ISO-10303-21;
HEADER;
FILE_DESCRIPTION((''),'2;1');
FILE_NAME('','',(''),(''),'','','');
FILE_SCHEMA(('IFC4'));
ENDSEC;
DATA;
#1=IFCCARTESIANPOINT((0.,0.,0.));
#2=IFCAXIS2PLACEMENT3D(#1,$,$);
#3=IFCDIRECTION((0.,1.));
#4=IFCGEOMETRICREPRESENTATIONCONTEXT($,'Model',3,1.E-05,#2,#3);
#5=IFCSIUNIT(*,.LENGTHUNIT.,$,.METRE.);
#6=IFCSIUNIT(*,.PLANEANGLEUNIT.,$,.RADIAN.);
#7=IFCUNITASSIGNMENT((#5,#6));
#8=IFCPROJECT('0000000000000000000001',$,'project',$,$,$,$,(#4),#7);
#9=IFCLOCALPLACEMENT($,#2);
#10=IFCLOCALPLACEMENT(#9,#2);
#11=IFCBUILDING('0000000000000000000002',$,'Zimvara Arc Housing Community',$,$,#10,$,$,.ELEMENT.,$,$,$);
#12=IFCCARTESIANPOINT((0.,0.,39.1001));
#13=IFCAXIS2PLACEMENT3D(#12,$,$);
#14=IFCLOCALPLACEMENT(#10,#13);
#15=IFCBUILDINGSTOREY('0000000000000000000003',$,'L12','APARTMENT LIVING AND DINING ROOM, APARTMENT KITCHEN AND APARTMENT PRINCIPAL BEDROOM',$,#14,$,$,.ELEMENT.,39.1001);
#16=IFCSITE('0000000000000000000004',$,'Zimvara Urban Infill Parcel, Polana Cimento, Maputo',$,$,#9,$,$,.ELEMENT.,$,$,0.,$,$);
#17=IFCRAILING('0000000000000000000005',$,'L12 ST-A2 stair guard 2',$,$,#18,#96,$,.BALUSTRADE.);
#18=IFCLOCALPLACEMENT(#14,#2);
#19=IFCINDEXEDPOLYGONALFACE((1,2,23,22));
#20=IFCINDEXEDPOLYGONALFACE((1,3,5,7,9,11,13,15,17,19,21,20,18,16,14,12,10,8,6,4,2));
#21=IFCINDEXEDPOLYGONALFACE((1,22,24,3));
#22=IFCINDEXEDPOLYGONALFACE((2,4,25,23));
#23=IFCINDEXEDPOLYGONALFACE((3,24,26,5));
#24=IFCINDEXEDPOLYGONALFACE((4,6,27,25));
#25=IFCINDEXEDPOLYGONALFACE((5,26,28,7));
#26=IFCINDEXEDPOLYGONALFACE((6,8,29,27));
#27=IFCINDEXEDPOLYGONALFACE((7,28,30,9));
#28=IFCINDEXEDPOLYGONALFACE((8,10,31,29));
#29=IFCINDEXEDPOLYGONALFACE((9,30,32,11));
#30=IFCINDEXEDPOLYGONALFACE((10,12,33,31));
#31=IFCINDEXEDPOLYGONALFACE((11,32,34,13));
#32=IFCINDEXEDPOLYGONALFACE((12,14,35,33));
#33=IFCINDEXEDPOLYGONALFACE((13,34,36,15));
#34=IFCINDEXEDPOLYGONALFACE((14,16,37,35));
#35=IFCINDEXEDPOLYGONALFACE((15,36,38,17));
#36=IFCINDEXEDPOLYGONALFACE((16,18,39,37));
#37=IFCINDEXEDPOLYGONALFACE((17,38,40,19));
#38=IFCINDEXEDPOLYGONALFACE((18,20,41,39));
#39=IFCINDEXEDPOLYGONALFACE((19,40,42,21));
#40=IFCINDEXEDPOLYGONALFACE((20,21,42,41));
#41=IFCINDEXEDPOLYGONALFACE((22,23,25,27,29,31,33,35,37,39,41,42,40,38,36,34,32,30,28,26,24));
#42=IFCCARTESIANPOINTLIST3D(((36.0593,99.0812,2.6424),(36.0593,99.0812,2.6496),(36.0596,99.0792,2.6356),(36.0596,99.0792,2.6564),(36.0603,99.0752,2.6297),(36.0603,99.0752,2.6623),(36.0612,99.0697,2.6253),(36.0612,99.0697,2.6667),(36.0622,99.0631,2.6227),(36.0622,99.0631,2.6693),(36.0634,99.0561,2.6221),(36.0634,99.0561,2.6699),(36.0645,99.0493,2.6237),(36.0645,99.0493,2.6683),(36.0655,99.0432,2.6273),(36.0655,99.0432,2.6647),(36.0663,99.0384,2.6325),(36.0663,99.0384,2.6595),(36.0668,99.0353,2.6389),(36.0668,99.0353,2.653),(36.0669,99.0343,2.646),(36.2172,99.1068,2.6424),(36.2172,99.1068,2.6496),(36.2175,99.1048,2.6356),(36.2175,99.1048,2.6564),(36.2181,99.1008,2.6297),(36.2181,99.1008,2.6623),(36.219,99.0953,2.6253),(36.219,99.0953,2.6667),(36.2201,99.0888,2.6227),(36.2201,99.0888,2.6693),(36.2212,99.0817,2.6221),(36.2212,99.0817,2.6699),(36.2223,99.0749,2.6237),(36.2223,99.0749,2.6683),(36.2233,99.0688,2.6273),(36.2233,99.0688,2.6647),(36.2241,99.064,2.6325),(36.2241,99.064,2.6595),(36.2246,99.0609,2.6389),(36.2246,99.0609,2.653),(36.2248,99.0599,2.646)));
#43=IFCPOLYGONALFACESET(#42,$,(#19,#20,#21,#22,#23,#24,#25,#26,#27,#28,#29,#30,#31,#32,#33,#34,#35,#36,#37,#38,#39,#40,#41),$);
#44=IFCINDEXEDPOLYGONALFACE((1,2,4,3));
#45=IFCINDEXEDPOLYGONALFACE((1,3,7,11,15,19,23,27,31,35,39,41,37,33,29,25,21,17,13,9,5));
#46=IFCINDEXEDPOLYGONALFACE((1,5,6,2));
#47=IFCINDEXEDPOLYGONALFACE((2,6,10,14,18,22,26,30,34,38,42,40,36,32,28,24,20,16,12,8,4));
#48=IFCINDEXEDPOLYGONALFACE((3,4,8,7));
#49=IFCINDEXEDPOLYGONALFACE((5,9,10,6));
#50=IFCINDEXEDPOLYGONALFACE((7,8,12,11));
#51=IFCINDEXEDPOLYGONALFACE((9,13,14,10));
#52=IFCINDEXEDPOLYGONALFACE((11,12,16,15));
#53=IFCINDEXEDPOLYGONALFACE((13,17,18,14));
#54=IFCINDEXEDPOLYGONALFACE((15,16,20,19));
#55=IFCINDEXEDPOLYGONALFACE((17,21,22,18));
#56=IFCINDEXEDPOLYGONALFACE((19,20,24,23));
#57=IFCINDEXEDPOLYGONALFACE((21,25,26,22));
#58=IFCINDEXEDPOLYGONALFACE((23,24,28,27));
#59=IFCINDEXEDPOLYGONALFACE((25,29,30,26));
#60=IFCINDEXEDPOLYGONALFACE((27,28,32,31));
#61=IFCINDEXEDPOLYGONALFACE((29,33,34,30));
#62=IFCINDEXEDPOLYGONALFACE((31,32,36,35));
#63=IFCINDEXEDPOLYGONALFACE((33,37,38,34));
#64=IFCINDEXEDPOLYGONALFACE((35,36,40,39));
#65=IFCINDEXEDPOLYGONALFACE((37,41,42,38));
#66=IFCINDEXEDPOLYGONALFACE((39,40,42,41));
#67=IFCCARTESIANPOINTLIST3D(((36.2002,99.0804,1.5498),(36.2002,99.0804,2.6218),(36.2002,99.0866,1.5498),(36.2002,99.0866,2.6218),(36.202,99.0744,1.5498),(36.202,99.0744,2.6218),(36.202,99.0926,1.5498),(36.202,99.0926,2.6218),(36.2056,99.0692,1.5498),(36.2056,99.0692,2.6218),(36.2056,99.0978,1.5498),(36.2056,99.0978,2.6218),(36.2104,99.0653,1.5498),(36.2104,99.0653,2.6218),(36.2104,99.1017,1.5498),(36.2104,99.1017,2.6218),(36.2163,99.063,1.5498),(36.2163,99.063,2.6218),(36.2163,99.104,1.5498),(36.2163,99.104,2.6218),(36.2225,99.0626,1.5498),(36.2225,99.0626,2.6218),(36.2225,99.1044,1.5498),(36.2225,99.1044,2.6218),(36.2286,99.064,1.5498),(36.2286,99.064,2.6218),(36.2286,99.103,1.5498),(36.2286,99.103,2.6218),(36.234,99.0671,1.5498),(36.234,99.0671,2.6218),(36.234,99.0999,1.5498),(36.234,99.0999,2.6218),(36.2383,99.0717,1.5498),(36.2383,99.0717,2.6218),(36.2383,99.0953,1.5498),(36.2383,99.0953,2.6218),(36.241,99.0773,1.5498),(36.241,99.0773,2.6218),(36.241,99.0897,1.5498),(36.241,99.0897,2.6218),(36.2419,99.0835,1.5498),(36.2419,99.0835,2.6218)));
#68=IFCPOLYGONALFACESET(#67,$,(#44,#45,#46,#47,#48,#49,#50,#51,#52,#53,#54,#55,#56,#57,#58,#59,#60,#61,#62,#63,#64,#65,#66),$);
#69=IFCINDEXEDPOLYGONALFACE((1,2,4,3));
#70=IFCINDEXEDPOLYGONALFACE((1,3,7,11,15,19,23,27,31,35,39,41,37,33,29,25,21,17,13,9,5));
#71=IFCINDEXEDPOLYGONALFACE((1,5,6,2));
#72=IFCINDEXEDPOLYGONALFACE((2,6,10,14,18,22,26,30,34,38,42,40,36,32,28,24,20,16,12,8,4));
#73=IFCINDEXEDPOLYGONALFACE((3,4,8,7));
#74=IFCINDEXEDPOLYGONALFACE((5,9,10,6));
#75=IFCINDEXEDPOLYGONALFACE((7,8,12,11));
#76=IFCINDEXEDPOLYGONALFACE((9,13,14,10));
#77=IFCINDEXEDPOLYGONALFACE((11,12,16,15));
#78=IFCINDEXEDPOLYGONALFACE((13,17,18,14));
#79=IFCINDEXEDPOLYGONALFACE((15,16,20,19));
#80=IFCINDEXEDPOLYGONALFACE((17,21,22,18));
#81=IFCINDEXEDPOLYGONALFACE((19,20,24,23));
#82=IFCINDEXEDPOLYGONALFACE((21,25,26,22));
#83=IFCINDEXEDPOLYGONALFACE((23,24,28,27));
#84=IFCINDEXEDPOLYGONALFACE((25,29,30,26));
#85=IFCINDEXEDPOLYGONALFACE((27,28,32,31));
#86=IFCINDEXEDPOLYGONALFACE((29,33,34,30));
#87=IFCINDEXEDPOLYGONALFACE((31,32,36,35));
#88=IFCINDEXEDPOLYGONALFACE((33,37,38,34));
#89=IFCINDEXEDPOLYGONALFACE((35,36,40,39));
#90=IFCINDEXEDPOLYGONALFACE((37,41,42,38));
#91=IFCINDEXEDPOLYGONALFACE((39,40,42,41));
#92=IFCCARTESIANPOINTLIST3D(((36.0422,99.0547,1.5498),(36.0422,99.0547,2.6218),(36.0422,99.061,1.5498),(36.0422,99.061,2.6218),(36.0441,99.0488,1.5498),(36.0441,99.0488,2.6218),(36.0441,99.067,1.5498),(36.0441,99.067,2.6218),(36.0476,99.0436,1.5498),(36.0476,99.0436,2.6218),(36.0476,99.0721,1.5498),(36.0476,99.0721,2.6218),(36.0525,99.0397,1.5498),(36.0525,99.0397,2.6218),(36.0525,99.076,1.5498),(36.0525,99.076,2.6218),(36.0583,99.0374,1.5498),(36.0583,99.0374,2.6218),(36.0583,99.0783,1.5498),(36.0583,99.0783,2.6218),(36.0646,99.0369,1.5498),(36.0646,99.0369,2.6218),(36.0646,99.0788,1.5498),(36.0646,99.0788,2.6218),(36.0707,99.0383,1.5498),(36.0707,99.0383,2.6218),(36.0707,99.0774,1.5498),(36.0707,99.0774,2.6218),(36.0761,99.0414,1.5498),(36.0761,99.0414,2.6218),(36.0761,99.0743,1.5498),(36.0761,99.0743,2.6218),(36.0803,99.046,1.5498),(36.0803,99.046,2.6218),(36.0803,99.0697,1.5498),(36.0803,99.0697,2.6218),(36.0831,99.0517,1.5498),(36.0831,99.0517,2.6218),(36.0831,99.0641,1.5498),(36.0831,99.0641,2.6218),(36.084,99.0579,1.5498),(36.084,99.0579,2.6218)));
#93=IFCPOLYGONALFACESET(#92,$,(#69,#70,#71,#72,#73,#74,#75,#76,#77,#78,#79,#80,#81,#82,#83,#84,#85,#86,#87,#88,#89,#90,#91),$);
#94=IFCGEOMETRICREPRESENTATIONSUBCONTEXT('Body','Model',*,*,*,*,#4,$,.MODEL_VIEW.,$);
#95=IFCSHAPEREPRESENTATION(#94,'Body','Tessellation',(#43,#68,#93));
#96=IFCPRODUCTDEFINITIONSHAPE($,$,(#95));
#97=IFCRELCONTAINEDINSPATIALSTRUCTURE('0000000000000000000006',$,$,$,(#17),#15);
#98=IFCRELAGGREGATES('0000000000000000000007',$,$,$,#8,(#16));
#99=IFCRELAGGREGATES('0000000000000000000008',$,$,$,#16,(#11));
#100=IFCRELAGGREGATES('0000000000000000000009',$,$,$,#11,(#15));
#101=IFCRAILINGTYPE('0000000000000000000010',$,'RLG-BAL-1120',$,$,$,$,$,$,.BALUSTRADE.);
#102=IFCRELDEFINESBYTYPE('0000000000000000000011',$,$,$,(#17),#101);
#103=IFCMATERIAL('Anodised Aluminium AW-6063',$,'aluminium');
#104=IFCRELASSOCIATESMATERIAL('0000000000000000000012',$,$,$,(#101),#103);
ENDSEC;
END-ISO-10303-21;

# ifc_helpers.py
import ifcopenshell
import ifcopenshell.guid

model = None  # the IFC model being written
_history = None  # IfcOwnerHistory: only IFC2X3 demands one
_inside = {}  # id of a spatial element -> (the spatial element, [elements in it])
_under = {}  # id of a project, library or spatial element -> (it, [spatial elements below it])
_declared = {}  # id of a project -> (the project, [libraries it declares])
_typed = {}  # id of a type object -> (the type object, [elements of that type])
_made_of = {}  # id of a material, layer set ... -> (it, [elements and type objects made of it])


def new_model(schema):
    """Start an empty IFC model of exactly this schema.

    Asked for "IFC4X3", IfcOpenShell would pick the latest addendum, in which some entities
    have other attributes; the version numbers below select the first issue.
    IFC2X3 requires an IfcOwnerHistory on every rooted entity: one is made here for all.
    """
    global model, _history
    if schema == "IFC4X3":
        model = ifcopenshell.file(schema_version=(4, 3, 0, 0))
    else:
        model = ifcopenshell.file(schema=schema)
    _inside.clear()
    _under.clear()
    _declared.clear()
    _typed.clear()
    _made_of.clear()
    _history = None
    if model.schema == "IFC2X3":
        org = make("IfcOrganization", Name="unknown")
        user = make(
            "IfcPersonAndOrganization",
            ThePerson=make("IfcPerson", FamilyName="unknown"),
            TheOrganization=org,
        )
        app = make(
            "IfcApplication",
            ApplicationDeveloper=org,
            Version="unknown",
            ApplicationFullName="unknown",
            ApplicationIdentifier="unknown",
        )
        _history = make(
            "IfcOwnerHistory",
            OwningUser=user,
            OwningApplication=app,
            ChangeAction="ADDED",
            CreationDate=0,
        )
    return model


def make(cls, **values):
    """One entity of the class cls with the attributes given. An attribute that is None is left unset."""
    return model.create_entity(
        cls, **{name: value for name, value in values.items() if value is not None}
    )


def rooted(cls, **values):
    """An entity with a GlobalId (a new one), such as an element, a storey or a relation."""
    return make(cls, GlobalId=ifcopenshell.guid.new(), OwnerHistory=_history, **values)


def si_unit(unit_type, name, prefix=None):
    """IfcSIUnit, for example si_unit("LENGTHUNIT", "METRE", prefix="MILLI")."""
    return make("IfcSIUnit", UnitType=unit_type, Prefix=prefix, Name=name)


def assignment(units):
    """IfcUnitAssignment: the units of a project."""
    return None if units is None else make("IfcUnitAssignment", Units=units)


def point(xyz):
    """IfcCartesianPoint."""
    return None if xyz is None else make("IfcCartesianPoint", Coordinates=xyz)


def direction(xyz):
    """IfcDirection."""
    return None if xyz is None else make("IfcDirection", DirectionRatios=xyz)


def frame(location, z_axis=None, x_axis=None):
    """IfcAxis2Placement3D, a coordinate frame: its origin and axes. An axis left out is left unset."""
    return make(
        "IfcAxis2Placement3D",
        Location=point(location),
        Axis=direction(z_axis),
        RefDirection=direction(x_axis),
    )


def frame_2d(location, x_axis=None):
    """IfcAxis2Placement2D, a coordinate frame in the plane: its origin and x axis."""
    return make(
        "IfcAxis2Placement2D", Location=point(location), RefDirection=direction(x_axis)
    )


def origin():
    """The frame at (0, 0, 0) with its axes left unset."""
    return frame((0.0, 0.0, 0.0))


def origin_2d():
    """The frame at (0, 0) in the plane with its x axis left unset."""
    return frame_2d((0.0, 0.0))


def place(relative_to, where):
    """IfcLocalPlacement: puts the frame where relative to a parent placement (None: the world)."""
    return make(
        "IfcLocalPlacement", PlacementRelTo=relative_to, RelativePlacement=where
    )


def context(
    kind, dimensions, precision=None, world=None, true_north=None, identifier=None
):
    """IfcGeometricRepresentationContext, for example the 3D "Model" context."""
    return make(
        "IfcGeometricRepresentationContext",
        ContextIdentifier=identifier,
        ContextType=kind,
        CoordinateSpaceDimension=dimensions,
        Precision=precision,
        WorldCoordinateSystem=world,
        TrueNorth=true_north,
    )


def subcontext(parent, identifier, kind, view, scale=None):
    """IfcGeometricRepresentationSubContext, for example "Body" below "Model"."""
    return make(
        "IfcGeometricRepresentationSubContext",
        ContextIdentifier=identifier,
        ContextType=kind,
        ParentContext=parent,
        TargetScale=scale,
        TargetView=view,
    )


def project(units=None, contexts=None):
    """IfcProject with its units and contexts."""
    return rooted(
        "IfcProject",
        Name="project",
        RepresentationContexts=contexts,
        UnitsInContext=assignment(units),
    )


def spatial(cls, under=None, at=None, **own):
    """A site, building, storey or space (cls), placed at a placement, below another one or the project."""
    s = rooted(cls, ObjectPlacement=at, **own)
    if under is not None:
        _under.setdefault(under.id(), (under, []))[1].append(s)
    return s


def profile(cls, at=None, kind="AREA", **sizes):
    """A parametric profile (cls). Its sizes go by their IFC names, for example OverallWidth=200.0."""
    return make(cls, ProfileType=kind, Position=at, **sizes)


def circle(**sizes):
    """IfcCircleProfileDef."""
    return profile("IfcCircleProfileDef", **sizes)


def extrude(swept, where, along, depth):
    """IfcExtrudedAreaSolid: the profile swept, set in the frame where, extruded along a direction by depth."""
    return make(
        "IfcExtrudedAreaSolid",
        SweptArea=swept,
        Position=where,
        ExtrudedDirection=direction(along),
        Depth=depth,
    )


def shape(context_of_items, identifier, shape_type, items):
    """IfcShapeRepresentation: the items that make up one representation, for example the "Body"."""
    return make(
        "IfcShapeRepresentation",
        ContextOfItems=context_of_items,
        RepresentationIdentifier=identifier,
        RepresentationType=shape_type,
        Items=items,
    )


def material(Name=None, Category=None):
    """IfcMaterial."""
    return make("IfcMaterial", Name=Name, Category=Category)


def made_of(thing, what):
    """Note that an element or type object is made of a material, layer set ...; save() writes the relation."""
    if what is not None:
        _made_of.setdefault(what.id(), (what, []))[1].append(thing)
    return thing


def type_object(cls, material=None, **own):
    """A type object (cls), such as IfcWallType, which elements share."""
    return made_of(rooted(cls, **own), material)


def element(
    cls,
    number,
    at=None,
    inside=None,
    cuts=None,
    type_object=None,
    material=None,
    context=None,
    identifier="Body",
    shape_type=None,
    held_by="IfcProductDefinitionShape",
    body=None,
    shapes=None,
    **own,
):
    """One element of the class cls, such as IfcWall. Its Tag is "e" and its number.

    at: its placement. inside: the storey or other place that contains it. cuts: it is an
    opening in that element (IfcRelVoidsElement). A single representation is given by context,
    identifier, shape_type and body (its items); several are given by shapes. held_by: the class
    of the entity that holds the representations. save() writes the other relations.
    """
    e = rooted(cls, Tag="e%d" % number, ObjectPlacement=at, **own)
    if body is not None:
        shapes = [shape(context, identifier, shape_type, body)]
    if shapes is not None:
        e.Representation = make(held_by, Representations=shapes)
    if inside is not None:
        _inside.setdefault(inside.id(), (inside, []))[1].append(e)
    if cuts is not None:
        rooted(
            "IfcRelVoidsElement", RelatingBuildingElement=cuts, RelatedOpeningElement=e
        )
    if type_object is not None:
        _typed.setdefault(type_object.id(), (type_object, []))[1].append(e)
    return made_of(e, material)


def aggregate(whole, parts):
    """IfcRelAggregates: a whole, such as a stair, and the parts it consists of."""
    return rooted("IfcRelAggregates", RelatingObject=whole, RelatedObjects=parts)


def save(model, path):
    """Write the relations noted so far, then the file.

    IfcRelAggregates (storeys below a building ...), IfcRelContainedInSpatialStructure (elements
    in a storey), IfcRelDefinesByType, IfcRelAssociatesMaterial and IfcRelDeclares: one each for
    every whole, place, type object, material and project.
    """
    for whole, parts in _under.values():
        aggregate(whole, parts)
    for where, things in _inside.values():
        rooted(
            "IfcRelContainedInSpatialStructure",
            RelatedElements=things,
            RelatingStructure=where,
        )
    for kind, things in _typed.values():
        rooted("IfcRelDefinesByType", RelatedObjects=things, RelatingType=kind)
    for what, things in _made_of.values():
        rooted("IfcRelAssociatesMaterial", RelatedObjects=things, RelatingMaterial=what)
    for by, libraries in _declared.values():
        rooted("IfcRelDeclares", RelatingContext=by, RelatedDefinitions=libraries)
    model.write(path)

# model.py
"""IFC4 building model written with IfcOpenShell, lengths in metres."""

from ifc_helpers import new_model, si_unit, direction, frame, origin, origin_2d, place, context, subcontext, project, spatial, circle, extrude, material, type_object, element, save


model = new_model("IFC4")

# Units and contexts
model_context = context("Model", 3, precision=1e-05, world=origin(), true_north=direction((0.0, 1.0)))
body_context = subcontext(model_context, "Body", "Model", "MODEL_VIEW")
ifc_project = project(units=[si_unit("LENGTHUNIT", "METRE"), si_unit("PLANEANGLEUNIT", "RADIAN")], contexts=[model_context])

# Site, building, storey
site_placement = place(None, origin())
site = spatial("IfcSite", under=ifc_project, at=site_placement, Name="Zimvara Urban Infill Parcel, Polana Cimento, Maputo", CompositionType="ELEMENT", RefElevation=0.0)
building_placement = place(site_placement, origin())
building = spatial("IfcBuilding", under=site, at=building_placement, Name="Zimvara Arc Housing Community", CompositionType="ELEMENT")
storey_placement = place(building_placement, frame((0.0, 0.0, 39.1001)))
storey = spatial("IfcBuildingStorey", under=building, at=storey_placement, Name="L12", Description="APARTMENT LIVING AND DINING ROOM, APARTMENT KITCHEN AND APARTMENT PRINCIPAL BEDROOM", CompositionType="ELEMENT", Elevation=39.1001)

# Railing
ifc_material_1 = material(Name="Anodised Aluminium AW-6063", Category="aluminium")
railing_type_1 = type_object("IfcRailingType", Name="RLG-BAL-1120", PredefinedType="BALUSTRADE", material=ifc_material_1)
railing_1_placement = place(storey_placement, frame((36.2209, 99.0835, 1.5498)))
element("IfcRailing", 1, at=railing_1_placement, inside=storey, type_object=railing_type_1, Name="L12 ST-A2 stair guard 2", PredefinedType="BALUSTRADE", context=body_context, shape_type="SweptSolid", body=[
    extrude(circle(Radius=0.0239, at=origin_2d()), frame((0.0, 0.0, 1.0962), z_axis=(-0.987086, -0.160192, 0.0), x_axis=(0.160192, -0.987086, 0.0)), (0.0, 0.0, 1.0), 0.1599),
    extrude(circle(Radius=0.021, at=origin_2d()), origin(), (0.0, 0.0, 1.0), 1.072),
    extrude(circle(Radius=0.021, at=origin_2d()), frame((-0.158, -0.0256, 0.0)), (0.0, 0.0, 1.0), 1.072),
])

save(model, "model.ifc")
